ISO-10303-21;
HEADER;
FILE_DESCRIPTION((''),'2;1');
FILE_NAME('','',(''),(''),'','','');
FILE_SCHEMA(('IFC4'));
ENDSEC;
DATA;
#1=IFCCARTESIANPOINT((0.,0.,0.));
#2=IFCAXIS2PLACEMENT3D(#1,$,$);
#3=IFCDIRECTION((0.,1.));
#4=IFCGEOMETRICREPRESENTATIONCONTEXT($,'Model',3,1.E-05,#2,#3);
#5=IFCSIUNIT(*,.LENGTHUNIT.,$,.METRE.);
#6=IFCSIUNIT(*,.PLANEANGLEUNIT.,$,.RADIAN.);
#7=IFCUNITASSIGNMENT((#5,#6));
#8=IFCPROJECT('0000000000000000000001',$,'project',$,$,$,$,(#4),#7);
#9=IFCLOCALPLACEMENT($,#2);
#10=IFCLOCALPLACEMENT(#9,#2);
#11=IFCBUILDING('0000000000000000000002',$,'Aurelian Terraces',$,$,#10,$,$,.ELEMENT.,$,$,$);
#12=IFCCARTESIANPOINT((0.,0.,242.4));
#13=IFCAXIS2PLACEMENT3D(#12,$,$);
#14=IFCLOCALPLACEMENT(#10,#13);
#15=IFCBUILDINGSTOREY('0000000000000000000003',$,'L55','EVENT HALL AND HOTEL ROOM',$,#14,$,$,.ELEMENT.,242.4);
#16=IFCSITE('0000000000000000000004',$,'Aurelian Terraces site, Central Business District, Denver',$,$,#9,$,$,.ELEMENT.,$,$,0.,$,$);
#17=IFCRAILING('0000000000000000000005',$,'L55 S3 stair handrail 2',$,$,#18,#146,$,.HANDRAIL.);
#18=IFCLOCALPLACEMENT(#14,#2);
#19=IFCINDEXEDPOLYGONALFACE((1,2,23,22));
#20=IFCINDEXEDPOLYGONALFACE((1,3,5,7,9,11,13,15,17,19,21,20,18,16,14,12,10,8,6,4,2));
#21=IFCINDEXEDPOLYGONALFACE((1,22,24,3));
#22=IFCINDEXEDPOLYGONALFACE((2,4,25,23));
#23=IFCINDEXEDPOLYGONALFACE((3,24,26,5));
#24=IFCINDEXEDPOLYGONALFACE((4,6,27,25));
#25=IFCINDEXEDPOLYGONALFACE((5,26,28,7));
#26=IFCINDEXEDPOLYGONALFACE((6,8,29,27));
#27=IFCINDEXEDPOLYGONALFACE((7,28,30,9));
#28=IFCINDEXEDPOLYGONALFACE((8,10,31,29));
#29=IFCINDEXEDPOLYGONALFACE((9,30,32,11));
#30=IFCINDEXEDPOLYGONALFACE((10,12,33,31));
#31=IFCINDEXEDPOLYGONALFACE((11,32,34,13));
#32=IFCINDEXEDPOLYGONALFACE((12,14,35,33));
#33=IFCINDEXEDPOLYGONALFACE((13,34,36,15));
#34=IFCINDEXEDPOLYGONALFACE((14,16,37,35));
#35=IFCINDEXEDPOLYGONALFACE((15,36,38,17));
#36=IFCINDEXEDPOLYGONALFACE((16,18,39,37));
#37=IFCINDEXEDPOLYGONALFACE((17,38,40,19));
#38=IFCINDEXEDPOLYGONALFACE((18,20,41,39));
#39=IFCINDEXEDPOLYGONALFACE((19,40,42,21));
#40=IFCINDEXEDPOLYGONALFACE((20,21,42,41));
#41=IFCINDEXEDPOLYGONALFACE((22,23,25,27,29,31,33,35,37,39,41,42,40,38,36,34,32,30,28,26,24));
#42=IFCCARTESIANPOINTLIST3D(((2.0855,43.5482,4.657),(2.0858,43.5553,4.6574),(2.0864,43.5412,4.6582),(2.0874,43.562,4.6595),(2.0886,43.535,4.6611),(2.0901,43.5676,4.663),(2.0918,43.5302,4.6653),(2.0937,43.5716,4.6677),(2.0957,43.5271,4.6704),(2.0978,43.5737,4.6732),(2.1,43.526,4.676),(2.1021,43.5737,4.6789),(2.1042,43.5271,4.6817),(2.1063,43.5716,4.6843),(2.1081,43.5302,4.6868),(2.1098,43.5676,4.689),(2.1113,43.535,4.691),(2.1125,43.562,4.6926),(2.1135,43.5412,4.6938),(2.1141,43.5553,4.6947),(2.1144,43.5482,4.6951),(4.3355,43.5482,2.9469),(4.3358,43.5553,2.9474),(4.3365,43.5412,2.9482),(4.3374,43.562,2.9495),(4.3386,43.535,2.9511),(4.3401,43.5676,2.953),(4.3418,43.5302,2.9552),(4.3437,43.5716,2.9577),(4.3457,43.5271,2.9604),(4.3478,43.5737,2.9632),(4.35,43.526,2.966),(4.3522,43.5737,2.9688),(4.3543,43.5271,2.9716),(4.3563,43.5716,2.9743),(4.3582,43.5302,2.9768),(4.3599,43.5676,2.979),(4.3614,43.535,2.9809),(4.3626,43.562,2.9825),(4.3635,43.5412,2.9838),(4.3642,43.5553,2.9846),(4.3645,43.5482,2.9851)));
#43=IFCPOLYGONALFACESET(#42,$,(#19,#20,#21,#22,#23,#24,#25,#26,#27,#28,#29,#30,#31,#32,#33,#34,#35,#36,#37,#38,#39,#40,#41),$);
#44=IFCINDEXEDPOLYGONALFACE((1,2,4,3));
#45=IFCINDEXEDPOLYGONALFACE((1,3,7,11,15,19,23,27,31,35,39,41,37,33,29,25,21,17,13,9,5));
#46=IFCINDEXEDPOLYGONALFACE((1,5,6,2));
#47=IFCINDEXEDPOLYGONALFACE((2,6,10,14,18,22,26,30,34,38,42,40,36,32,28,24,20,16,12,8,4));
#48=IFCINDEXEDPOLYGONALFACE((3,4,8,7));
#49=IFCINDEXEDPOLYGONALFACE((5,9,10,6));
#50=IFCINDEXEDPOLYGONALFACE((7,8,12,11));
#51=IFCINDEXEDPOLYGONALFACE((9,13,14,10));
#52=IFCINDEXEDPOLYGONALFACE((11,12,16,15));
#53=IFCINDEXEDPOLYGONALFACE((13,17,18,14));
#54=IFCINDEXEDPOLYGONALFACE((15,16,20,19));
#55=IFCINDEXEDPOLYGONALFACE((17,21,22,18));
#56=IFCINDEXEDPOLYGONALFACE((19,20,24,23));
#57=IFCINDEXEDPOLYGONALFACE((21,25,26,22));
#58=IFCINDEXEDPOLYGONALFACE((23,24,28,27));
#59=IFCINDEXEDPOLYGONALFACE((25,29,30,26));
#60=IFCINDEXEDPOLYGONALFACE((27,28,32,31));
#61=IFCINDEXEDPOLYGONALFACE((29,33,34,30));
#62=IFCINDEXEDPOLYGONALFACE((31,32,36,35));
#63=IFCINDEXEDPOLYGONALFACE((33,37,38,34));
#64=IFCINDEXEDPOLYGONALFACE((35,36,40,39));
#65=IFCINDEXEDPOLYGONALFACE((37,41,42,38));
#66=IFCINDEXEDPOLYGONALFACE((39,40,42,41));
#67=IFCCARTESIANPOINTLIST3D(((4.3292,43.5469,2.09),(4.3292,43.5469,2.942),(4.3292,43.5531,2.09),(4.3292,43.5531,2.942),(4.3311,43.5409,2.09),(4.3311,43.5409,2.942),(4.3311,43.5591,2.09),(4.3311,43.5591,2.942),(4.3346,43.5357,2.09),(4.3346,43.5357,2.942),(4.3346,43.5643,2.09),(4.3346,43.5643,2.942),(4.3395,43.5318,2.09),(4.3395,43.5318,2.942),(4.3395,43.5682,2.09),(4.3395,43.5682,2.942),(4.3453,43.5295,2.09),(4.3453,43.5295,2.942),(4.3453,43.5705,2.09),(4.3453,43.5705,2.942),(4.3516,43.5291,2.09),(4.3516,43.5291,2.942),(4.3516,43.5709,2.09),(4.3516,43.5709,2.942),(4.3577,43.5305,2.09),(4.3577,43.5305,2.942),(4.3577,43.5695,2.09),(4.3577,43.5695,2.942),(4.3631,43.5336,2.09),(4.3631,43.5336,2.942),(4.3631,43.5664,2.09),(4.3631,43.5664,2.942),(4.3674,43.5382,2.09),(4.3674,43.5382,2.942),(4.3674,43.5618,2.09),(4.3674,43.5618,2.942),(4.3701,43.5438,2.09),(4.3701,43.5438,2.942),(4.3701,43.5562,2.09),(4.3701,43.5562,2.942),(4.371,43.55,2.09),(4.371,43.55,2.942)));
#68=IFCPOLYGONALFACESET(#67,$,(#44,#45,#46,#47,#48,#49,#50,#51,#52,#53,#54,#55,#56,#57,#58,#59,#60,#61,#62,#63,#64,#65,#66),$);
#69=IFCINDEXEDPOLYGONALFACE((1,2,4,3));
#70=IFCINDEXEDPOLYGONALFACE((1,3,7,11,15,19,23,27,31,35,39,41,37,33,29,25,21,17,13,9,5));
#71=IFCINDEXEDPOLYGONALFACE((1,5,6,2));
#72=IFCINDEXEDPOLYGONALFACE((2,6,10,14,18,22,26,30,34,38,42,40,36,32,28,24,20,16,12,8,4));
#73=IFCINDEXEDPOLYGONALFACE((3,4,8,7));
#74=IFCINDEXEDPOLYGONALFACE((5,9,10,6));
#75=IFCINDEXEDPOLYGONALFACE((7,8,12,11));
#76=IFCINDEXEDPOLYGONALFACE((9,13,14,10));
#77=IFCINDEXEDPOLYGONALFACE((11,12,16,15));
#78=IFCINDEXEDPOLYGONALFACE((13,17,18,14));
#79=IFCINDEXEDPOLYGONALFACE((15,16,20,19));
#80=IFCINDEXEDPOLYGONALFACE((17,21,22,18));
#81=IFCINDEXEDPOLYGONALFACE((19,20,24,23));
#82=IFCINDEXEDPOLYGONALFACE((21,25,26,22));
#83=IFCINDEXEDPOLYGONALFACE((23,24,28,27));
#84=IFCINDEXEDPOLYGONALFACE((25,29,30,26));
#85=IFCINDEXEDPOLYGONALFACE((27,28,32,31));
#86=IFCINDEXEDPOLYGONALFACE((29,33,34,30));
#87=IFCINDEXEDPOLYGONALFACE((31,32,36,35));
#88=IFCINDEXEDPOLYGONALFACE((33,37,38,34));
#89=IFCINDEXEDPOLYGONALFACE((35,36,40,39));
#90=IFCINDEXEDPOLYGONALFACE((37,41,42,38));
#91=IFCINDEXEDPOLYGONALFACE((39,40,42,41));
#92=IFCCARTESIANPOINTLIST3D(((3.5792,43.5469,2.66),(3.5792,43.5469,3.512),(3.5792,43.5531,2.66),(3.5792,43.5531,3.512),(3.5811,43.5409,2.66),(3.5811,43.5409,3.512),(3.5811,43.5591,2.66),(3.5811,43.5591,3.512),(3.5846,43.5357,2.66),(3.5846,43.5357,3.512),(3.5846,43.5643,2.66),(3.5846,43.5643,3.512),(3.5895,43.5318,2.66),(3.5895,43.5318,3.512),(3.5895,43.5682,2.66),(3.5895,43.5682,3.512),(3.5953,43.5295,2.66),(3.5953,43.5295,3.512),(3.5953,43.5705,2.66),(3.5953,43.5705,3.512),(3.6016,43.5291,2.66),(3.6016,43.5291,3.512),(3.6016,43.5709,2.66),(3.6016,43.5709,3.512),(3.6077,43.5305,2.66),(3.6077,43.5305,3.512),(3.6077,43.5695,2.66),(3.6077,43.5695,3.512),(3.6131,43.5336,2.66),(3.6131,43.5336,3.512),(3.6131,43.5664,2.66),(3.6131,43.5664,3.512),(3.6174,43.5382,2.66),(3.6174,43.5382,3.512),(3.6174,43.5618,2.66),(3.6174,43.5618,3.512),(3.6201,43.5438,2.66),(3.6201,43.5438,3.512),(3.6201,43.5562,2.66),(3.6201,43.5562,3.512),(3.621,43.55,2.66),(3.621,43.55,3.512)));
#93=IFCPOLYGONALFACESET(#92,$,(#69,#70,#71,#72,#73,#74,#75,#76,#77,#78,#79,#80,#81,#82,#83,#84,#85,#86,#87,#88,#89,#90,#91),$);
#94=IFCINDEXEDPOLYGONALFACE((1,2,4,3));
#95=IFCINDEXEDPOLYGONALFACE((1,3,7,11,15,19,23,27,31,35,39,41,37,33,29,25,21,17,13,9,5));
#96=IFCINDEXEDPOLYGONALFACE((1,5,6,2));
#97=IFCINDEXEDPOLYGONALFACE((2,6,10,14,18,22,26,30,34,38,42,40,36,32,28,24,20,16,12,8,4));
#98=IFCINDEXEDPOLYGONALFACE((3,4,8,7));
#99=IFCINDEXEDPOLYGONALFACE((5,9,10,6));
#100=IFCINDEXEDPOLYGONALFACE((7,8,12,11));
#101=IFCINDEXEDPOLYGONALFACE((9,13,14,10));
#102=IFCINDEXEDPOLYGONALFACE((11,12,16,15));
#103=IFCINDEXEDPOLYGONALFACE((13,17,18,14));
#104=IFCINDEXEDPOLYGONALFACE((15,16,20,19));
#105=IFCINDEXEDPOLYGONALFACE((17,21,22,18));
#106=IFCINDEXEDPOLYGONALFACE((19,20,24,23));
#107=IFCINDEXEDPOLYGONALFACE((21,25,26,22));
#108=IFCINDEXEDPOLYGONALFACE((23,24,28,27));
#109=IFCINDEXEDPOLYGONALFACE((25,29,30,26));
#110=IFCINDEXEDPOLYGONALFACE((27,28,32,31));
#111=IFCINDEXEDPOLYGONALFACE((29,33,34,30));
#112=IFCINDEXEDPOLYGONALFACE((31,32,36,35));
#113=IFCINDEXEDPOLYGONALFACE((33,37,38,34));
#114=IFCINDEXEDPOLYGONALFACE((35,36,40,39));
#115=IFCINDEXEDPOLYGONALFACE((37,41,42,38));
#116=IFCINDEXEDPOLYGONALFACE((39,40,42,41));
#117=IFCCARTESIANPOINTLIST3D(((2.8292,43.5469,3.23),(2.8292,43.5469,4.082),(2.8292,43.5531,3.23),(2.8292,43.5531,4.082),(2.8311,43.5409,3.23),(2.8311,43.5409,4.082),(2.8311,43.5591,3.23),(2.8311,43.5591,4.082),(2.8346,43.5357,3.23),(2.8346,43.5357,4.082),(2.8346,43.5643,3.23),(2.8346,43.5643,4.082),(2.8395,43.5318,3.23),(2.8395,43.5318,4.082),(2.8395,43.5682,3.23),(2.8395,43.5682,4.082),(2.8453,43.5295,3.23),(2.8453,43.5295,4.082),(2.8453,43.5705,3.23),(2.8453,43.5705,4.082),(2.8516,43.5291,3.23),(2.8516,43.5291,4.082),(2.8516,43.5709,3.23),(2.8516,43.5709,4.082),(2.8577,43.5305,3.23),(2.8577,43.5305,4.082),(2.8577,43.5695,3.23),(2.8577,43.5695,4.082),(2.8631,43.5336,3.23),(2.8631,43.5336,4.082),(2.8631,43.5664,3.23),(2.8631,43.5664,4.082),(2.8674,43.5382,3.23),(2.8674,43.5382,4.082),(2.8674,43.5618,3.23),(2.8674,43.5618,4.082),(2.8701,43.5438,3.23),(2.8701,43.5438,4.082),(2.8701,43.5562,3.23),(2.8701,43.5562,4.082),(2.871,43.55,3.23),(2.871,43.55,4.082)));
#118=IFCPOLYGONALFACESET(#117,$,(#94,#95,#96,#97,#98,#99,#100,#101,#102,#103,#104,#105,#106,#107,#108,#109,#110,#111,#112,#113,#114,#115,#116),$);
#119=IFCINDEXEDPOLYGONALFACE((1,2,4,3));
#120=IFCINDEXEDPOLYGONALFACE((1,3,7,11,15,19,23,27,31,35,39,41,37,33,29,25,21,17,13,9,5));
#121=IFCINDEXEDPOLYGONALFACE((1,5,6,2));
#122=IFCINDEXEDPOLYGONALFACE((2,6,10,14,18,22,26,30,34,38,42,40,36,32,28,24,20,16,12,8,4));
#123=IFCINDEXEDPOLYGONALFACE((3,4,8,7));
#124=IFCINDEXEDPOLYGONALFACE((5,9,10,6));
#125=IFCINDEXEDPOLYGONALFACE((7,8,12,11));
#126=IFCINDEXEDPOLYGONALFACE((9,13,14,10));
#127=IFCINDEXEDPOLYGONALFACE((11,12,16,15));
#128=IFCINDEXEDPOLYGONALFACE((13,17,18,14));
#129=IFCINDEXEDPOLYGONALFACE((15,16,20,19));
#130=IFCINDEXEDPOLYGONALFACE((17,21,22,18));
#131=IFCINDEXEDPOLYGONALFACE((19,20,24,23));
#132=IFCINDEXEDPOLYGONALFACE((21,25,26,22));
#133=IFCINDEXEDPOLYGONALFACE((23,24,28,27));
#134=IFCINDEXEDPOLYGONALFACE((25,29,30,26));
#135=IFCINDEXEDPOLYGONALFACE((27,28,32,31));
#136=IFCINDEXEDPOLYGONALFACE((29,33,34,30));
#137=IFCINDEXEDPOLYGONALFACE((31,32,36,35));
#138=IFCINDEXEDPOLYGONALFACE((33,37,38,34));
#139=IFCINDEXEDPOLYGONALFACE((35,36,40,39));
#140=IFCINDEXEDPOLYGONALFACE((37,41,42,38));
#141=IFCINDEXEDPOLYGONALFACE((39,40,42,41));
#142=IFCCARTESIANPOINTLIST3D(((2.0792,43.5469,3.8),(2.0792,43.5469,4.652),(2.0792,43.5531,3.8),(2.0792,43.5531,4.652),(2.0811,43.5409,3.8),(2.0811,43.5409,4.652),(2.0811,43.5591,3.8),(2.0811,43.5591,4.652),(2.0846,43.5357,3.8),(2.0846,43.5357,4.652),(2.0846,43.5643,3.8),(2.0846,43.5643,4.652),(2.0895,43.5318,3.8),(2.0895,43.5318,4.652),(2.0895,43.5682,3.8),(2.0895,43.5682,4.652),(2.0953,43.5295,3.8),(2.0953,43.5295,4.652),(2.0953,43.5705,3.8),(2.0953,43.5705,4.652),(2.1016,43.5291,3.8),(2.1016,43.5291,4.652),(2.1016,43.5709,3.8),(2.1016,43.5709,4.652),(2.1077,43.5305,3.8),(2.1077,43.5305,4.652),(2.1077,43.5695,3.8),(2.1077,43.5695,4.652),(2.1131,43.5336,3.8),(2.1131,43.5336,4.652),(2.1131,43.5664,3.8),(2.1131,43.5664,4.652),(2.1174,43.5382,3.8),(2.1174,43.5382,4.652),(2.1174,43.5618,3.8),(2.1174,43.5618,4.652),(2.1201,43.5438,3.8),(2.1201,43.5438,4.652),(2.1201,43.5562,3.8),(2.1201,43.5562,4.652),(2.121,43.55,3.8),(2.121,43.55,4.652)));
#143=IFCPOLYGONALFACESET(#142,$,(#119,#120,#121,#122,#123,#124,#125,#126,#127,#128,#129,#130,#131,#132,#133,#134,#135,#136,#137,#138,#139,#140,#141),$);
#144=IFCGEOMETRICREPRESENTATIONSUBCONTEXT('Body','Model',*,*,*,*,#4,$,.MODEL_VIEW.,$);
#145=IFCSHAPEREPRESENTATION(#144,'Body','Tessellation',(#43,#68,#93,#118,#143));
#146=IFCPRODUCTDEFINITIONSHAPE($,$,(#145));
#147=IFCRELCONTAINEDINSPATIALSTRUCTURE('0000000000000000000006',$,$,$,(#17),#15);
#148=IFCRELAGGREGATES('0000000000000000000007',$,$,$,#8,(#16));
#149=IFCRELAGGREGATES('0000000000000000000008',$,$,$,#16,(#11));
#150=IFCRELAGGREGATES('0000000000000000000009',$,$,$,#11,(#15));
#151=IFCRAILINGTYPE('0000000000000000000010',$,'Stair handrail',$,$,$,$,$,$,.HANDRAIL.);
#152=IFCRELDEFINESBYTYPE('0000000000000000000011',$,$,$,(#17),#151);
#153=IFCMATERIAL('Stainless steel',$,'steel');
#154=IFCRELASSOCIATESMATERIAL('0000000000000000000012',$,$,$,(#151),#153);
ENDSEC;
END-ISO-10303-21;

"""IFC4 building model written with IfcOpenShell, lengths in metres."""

from ifc_helpers import new_model, si_unit, direction, frame, origin, origin_2d, place, context, subcontext, project, spatial, circle, extrude, source, transform, mapped, material, type_object, element, save


model = new_model("IFC4")

# Units and contexts
model_context = context("Model", 3, precision=1e-05, world=origin(), true_north=direction((0.0, 1.0)))
body_context = subcontext(model_context, "Body", "Model", "MODEL_VIEW")
ifc_project = project(units=[si_unit("LENGTHUNIT", "METRE"), si_unit("PLANEANGLEUNIT", "RADIAN")], contexts=[model_context])

# Site, building, storey
site_placement = place(None, origin())
site = spatial("IfcSite", under=ifc_project, at=site_placement, Name="Aurelian Terraces site, Central Business District, Denver", CompositionType="ELEMENT", RefElevation=0.0)
building_placement = place(site_placement, origin())
building = spatial("IfcBuilding", under=site, at=building_placement, Name="Aurelian Terraces", CompositionType="ELEMENT")
storey_placement = place(building_placement, frame((0.0, 0.0, 242.4)))
storey = spatial("IfcBuildingStorey", under=building, at=storey_placement, Name="L55", Description="EVENT HALL AND HOTEL ROOM", CompositionType="ELEMENT", Elevation=242.4)

# Railing
ifc_material_1 = material(Name="Stainless steel", Category="steel")
railing_type_1 = type_object("IfcRailingType", Name="Stair handrail", PredefinedType="HANDRAIL", material=ifc_material_1)
shared_shape_1 = source(origin(), body_context, "Body", "SweptSolid", [
    extrude(circle(Radius=0.024, at=origin_2d()), frame((0.0, 0.0, 0.876), z_axis=(-0.796162, 0.0, 0.605083), x_axis=(0.0, -1.0, 0.0)), (0.0, 0.0, 1.0), 2.8261),
    extrude(circle(Radius=0.021, at=origin_2d()), origin(), (0.0, 0.0, 1.0), 0.852),
    extrude(circle(Radius=0.021, at=origin_2d()), frame((-0.75, 0.0, 0.57)), (0.0, 0.0, 1.0), 0.852),
    extrude(circle(Radius=0.021, at=origin_2d()), frame((-1.5, 0.0, 1.14)), (0.0, 0.0, 1.0), 0.852),
    extrude(circle(Radius=0.021, at=origin_2d()), frame((-2.25, 0.0, 1.71)), (0.0, 0.0, 1.0), 0.852),
])
railing_1_placement = place(storey_placement, frame((4.35, 43.55, 2.09)))
element("IfcRailing", 1, at=railing_1_placement, inside=storey, type_object=railing_type_1, Name="L55 S3 stair handrail 2", PredefinedType="HANDRAIL", context=body_context, shape_type="MappedRepresentation", body=[
    mapped(shared_shape_1, transform((0.0, 0.0, 0.0), scale=1.0)),
])

save(model, "model.ifc")
